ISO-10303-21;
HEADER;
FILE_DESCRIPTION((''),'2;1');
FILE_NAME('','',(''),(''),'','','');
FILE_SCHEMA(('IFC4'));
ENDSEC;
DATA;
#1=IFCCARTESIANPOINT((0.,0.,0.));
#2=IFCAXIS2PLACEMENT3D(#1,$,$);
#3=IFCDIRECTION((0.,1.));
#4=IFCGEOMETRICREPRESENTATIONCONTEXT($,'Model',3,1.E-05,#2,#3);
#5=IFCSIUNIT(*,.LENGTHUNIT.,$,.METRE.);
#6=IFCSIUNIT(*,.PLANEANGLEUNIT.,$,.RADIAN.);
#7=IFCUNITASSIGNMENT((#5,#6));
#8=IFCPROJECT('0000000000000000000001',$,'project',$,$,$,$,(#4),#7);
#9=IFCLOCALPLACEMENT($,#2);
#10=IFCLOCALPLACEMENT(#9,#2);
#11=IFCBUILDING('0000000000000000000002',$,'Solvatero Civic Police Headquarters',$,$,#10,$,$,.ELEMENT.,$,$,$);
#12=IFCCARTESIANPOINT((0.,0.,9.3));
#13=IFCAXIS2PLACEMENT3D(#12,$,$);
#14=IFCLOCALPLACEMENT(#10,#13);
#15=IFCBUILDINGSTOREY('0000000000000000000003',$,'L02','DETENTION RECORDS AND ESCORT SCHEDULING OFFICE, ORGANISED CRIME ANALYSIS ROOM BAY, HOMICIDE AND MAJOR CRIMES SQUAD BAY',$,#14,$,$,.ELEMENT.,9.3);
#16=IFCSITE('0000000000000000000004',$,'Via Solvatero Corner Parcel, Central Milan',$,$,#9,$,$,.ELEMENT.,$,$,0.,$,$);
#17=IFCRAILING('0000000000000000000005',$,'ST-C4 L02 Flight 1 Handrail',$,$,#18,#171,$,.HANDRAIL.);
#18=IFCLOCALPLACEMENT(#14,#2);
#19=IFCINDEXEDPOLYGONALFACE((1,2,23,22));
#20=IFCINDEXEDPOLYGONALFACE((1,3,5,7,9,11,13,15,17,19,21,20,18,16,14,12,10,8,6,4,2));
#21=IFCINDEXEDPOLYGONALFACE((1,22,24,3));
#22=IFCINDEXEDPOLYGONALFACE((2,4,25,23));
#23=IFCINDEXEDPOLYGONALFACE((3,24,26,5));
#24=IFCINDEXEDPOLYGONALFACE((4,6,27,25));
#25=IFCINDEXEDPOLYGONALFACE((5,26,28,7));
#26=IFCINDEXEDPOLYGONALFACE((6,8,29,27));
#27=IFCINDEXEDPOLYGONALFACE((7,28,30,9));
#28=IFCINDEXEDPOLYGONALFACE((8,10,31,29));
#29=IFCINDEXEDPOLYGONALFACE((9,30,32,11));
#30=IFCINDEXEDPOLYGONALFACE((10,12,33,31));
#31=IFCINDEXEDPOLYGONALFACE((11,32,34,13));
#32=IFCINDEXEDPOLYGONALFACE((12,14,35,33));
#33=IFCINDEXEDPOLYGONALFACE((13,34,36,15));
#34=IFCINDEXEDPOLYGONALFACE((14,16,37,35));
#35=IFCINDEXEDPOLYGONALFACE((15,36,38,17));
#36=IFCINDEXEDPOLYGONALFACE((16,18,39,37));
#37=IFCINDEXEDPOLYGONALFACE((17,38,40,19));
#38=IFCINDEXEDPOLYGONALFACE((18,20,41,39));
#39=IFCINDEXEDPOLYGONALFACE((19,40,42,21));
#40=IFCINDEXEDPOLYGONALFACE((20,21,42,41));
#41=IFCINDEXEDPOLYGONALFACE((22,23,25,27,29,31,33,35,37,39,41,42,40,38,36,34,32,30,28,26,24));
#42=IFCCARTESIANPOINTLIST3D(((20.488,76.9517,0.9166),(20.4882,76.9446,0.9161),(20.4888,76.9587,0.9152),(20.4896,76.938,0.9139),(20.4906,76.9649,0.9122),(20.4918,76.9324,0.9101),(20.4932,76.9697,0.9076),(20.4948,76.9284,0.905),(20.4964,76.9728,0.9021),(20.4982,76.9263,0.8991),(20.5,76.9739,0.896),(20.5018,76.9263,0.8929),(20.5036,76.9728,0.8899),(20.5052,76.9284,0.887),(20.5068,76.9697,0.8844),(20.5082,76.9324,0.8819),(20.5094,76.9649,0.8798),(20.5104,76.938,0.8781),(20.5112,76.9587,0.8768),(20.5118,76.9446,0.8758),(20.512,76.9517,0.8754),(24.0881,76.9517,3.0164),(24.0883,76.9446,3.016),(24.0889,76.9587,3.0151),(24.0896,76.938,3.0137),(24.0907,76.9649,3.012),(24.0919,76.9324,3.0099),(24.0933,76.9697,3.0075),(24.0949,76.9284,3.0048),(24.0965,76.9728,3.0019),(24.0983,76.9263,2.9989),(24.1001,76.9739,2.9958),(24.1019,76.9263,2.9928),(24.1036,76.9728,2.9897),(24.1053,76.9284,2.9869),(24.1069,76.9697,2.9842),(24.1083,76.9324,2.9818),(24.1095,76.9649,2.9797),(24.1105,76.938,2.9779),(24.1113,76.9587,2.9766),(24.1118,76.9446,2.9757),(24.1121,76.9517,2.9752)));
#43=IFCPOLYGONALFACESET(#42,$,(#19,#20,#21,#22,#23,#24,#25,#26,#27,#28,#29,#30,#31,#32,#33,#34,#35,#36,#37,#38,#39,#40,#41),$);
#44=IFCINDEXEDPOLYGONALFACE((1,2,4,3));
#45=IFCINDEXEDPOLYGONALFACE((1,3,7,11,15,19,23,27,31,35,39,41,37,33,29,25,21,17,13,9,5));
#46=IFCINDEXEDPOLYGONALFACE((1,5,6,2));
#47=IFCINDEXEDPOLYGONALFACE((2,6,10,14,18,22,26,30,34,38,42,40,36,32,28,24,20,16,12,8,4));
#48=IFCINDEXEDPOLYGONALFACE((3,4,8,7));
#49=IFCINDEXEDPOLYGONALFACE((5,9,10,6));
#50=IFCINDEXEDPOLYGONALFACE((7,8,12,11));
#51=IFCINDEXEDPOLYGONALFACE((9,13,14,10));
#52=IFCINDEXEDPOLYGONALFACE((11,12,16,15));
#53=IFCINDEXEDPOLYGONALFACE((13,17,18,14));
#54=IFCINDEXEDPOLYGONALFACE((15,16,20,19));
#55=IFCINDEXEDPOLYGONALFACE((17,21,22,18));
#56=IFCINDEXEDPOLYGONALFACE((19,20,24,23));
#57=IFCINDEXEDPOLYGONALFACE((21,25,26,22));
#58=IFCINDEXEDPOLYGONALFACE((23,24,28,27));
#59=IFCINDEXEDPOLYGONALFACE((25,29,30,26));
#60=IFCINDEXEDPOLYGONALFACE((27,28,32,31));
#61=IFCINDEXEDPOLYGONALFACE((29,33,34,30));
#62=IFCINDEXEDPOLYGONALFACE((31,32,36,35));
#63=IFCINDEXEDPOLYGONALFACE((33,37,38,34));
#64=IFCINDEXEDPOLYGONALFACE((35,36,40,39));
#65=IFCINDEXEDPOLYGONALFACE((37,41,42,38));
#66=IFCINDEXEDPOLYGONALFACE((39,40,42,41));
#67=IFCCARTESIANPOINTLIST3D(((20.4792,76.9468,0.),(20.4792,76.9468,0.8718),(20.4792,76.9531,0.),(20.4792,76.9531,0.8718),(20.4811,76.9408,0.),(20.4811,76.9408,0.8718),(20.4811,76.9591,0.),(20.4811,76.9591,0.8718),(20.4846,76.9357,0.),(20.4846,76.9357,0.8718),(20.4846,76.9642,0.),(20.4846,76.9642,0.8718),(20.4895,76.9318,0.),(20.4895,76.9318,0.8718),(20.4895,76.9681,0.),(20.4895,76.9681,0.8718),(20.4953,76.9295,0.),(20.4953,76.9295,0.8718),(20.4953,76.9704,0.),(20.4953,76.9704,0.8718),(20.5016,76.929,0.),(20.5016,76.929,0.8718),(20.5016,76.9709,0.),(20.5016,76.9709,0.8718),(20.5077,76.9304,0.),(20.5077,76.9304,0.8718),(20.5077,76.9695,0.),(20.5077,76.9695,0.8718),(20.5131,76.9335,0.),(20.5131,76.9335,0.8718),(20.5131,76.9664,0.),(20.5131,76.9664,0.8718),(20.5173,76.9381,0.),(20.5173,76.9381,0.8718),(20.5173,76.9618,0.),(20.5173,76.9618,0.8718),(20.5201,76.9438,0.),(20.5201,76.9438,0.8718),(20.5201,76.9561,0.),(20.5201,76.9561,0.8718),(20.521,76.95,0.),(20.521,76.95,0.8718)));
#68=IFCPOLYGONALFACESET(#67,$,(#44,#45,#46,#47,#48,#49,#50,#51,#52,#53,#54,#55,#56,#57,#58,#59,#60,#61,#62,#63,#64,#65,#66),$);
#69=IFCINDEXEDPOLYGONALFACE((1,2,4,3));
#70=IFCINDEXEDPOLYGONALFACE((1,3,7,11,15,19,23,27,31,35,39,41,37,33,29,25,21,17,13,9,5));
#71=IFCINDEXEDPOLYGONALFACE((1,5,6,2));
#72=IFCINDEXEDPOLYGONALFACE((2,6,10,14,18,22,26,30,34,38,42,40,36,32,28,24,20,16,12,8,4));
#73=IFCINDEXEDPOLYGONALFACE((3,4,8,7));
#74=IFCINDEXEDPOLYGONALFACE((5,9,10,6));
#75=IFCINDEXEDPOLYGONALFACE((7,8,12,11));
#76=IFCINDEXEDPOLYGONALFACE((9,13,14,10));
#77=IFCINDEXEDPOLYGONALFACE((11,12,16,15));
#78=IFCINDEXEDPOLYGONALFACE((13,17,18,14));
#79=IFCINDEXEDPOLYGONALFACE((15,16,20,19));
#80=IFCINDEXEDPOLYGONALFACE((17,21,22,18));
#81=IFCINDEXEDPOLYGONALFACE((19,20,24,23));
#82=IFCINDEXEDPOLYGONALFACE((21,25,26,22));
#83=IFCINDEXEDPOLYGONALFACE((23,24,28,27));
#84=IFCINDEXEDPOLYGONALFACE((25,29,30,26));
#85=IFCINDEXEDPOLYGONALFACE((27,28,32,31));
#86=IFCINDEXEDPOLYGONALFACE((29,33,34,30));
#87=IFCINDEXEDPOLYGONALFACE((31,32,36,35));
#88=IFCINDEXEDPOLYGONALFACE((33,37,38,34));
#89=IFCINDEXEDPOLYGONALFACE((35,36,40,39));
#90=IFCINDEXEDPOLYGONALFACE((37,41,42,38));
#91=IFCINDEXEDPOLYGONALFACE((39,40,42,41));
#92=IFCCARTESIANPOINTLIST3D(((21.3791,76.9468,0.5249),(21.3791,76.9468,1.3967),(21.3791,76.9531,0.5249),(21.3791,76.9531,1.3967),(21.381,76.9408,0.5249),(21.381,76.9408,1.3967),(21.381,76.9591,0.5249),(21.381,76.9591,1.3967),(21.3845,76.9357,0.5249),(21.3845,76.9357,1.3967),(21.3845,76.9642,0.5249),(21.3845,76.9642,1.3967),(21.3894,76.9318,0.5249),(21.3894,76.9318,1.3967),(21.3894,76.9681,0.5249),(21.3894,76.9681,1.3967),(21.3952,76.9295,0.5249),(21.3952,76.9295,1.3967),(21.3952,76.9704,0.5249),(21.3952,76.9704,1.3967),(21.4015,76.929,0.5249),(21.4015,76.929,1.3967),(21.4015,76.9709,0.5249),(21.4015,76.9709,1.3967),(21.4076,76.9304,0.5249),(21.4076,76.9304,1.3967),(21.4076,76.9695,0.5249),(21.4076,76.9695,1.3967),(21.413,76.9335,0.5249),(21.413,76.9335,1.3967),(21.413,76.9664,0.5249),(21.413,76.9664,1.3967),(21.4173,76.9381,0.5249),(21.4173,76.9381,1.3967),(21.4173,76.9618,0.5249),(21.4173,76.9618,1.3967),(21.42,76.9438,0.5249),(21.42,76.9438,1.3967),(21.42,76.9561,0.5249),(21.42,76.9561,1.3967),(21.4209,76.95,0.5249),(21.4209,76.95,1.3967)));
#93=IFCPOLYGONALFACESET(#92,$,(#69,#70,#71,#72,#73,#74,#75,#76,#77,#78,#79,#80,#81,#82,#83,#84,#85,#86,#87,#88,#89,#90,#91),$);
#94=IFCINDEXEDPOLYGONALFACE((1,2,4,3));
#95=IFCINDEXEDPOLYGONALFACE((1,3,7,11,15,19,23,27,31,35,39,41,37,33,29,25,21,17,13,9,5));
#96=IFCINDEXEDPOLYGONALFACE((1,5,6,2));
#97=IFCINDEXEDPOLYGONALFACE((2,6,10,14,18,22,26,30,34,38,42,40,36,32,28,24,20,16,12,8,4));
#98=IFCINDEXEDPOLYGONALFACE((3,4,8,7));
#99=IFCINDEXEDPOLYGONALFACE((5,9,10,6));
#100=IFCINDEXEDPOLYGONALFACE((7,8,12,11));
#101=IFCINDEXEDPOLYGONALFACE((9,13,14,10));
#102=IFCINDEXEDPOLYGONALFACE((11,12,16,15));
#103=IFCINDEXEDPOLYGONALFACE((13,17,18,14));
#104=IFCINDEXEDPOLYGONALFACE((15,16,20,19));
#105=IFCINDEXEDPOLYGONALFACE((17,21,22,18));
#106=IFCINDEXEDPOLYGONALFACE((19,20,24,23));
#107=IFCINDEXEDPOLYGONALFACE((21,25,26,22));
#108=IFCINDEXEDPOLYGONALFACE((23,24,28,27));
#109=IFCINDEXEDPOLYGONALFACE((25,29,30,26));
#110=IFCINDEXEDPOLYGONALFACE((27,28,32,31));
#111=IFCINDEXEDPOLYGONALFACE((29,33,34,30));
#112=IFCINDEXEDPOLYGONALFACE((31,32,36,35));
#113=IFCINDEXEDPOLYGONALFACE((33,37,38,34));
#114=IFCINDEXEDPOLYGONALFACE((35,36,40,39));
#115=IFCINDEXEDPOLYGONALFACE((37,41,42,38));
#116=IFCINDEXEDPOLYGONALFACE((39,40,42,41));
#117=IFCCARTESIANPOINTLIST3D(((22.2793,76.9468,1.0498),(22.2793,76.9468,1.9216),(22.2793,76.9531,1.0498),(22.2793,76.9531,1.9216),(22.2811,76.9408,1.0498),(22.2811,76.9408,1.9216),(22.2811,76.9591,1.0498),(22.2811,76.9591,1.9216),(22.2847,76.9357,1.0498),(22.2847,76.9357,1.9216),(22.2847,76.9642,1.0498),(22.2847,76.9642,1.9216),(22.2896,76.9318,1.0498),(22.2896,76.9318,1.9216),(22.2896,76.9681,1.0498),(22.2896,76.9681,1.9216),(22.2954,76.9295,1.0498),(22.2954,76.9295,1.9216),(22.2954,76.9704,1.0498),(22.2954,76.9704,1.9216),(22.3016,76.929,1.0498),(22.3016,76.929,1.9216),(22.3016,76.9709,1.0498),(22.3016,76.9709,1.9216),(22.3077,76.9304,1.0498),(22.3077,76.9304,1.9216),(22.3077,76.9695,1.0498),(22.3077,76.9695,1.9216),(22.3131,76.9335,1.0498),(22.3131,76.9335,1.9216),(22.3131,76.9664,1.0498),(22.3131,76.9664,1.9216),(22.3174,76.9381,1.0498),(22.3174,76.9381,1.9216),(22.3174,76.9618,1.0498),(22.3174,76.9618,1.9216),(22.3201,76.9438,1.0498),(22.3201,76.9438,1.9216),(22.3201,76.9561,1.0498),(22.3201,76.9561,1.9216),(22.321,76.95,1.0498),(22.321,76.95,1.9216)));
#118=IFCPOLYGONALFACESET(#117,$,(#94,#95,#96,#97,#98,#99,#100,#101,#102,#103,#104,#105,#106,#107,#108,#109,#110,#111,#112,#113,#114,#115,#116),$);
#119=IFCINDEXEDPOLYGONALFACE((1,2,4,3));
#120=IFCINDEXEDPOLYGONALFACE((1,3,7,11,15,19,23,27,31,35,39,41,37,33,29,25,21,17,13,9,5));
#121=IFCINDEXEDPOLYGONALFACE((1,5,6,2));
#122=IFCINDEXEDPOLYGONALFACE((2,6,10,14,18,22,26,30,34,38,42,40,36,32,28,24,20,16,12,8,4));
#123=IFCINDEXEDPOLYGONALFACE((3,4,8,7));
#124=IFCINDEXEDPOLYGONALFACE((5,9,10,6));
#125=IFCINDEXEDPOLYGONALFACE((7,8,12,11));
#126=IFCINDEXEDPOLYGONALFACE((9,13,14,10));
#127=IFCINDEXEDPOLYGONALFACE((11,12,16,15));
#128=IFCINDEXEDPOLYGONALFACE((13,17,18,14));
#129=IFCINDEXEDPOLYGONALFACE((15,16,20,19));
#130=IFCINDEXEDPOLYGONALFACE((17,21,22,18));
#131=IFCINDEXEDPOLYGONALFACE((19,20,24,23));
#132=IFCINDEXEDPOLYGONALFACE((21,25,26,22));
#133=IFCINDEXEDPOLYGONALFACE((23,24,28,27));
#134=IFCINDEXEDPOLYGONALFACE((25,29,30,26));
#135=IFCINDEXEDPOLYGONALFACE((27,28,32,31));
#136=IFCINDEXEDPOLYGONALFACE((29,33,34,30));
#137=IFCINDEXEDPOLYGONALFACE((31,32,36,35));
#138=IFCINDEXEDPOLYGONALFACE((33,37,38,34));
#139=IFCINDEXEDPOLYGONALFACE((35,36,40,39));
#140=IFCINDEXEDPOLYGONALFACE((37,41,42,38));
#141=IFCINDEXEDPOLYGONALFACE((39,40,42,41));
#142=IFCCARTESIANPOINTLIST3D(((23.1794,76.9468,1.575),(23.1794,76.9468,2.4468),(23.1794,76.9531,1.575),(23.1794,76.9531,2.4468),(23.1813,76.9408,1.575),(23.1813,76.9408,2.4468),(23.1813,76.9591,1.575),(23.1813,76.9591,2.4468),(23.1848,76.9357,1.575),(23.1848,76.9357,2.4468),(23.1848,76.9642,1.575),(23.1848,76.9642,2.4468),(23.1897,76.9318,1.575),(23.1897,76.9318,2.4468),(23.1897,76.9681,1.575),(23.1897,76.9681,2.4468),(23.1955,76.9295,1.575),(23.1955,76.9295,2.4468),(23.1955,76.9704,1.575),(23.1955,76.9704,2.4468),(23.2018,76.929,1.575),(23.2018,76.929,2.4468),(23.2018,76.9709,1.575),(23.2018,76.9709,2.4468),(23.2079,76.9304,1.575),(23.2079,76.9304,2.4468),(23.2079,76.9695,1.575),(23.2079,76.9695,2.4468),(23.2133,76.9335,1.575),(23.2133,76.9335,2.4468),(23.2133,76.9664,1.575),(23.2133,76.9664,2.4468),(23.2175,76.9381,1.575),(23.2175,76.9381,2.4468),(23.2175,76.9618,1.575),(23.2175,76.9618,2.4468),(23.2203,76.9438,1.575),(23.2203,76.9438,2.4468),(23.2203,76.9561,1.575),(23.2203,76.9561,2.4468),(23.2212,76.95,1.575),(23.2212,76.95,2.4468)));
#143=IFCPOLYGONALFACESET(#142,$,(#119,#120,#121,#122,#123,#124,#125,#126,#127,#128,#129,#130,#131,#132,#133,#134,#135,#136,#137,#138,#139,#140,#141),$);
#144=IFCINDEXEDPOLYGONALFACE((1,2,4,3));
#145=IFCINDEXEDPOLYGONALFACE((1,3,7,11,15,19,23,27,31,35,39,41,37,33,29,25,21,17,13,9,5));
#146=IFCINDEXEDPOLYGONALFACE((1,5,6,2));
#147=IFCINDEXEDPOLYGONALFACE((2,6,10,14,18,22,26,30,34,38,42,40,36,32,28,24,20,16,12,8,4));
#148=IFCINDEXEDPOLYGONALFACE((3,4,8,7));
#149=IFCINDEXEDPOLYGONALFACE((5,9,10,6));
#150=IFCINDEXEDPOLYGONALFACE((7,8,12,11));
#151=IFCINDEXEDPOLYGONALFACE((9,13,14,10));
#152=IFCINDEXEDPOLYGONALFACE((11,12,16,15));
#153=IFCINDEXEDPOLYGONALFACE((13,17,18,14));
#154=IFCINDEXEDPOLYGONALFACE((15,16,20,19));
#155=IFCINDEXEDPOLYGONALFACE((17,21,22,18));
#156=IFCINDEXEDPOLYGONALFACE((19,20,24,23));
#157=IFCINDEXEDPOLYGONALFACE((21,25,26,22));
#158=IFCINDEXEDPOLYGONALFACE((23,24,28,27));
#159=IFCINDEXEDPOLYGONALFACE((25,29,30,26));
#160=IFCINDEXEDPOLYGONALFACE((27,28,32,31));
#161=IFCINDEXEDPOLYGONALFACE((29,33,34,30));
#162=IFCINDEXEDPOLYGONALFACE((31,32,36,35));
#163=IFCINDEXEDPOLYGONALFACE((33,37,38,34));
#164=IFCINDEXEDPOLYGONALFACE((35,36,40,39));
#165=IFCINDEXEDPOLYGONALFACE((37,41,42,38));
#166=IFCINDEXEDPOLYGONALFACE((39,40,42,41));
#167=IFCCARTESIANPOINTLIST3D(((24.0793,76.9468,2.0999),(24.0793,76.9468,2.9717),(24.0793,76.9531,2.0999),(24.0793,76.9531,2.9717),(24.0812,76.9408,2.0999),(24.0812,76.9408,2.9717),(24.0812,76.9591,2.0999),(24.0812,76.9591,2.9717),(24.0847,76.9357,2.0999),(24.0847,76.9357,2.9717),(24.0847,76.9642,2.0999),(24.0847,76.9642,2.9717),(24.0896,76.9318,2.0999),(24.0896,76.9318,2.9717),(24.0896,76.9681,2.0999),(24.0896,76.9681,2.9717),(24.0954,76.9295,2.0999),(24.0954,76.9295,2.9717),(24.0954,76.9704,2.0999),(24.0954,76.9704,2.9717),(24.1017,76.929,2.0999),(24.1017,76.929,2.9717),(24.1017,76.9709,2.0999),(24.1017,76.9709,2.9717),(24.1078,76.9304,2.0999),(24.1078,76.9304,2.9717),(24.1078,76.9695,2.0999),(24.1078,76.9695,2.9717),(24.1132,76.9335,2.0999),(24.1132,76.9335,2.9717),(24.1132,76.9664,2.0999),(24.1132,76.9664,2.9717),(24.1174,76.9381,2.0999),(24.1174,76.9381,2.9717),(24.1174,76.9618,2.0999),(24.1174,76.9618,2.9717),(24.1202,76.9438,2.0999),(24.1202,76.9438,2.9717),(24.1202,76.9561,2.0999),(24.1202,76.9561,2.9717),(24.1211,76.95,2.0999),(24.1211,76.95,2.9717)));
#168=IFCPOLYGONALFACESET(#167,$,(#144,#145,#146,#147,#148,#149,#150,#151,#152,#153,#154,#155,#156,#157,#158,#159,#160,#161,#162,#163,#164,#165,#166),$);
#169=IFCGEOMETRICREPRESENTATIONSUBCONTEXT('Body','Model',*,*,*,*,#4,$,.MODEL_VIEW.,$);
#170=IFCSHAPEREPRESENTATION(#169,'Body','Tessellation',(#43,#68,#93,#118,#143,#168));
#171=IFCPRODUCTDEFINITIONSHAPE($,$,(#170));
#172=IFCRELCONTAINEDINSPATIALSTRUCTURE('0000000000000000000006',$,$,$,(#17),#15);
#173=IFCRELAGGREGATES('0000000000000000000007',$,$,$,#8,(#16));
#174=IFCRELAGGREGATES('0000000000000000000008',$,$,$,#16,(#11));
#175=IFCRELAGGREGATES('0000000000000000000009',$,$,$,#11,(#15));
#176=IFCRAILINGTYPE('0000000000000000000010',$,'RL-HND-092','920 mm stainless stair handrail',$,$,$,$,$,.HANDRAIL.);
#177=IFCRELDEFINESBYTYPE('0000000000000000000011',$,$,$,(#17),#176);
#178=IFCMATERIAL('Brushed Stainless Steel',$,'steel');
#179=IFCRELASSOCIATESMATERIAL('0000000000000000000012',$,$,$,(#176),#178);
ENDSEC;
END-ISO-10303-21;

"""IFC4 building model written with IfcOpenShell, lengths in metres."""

from ifc_helpers import new_model, si_unit, direction, frame, origin, origin_2d, place, context, subcontext, project, spatial, circle, extrude, material, type_object, element, save


model = new_model("IFC4")

# Units and contexts
model_context = context("Model", 3, precision=1e-05, world=origin(), true_north=direction((0.0, 1.0)))
body_context = subcontext(model_context, "Body", "Model", "MODEL_VIEW")
ifc_project = project(units=[si_unit("LENGTHUNIT", "METRE"), si_unit("PLANEANGLEUNIT", "RADIAN")], contexts=[model_context])

# Site, building, storey
site_placement = place(None, origin())
site = spatial("IfcSite", under=ifc_project, at=site_placement, Name="Via Solvatero Corner Parcel, Central Milan", CompositionType="ELEMENT", RefElevation=0.0)
building_placement = place(site_placement, origin())
building = spatial("IfcBuilding", under=site, at=building_placement, Name="Solvatero Civic Police Headquarters", CompositionType="ELEMENT")
storey_placement = place(building_placement, frame((0.0, 0.0, 9.3)))
storey = spatial("IfcBuildingStorey", under=building, at=storey_placement, Name="L02", Description="DETENTION RECORDS AND ESCORT SCHEDULING OFFICE, ORGANISED CRIME ANALYSIS ROOM BAY, HOMICIDE AND MAJOR CRIMES SQUAD BAY", CompositionType="ELEMENT", Elevation=9.3)

# Railing
ifc_material_1 = material(Name="Brushed Stainless Steel", Category="steel")
railing_type_1 = type_object("IfcRailingType", Name="RL-HND-092", Description="920 mm stainless stair handrail", PredefinedType="HANDRAIL", material=ifc_material_1)
railing_1_placement = place(storey_placement, frame((20.5, 76.95, 0.0)))
element("IfcRailing", 1, at=railing_1_placement, inside=storey, type_object=railing_type_1, Name="ST-C4 L02 Flight 1 Handrail", PredefinedType="HANDRAIL", context=body_context, shape_type="SweptSolid", body=[
    extrude(circle(Radius=0.0239, at=origin_2d()), frame((0.0, 0.0, 0.896), z_axis=(0.8638, 0.0, 0.503835), x_axis=(0.0, 1.0, 0.0)), (0.0, 0.0, 1.0), 4.1677),
    extrude(circle(Radius=0.021, at=origin_2d()), origin(), (0.0, 0.0, 1.0), 0.8718),
    extrude(circle(Radius=0.021, at=origin_2d()), frame((0.8999, 0.0, 0.5249)), (0.0, 0.0, 1.0), 0.8718),
    extrude(circle(Radius=0.021, at=origin_2d()), frame((1.8, 0.0, 1.0498)), (0.0, 0.0, 1.0), 0.8718),
    extrude(circle(Radius=0.021, at=origin_2d()), frame((2.7002, 0.0, 1.575)), (0.0, 0.0, 1.0), 0.8718),
    extrude(circle(Radius=0.021, at=origin_2d()), frame((3.6001, 0.0, 2.0999)), (0.0, 0.0, 1.0), 0.8718),
])

save(model, "model.ifc")
